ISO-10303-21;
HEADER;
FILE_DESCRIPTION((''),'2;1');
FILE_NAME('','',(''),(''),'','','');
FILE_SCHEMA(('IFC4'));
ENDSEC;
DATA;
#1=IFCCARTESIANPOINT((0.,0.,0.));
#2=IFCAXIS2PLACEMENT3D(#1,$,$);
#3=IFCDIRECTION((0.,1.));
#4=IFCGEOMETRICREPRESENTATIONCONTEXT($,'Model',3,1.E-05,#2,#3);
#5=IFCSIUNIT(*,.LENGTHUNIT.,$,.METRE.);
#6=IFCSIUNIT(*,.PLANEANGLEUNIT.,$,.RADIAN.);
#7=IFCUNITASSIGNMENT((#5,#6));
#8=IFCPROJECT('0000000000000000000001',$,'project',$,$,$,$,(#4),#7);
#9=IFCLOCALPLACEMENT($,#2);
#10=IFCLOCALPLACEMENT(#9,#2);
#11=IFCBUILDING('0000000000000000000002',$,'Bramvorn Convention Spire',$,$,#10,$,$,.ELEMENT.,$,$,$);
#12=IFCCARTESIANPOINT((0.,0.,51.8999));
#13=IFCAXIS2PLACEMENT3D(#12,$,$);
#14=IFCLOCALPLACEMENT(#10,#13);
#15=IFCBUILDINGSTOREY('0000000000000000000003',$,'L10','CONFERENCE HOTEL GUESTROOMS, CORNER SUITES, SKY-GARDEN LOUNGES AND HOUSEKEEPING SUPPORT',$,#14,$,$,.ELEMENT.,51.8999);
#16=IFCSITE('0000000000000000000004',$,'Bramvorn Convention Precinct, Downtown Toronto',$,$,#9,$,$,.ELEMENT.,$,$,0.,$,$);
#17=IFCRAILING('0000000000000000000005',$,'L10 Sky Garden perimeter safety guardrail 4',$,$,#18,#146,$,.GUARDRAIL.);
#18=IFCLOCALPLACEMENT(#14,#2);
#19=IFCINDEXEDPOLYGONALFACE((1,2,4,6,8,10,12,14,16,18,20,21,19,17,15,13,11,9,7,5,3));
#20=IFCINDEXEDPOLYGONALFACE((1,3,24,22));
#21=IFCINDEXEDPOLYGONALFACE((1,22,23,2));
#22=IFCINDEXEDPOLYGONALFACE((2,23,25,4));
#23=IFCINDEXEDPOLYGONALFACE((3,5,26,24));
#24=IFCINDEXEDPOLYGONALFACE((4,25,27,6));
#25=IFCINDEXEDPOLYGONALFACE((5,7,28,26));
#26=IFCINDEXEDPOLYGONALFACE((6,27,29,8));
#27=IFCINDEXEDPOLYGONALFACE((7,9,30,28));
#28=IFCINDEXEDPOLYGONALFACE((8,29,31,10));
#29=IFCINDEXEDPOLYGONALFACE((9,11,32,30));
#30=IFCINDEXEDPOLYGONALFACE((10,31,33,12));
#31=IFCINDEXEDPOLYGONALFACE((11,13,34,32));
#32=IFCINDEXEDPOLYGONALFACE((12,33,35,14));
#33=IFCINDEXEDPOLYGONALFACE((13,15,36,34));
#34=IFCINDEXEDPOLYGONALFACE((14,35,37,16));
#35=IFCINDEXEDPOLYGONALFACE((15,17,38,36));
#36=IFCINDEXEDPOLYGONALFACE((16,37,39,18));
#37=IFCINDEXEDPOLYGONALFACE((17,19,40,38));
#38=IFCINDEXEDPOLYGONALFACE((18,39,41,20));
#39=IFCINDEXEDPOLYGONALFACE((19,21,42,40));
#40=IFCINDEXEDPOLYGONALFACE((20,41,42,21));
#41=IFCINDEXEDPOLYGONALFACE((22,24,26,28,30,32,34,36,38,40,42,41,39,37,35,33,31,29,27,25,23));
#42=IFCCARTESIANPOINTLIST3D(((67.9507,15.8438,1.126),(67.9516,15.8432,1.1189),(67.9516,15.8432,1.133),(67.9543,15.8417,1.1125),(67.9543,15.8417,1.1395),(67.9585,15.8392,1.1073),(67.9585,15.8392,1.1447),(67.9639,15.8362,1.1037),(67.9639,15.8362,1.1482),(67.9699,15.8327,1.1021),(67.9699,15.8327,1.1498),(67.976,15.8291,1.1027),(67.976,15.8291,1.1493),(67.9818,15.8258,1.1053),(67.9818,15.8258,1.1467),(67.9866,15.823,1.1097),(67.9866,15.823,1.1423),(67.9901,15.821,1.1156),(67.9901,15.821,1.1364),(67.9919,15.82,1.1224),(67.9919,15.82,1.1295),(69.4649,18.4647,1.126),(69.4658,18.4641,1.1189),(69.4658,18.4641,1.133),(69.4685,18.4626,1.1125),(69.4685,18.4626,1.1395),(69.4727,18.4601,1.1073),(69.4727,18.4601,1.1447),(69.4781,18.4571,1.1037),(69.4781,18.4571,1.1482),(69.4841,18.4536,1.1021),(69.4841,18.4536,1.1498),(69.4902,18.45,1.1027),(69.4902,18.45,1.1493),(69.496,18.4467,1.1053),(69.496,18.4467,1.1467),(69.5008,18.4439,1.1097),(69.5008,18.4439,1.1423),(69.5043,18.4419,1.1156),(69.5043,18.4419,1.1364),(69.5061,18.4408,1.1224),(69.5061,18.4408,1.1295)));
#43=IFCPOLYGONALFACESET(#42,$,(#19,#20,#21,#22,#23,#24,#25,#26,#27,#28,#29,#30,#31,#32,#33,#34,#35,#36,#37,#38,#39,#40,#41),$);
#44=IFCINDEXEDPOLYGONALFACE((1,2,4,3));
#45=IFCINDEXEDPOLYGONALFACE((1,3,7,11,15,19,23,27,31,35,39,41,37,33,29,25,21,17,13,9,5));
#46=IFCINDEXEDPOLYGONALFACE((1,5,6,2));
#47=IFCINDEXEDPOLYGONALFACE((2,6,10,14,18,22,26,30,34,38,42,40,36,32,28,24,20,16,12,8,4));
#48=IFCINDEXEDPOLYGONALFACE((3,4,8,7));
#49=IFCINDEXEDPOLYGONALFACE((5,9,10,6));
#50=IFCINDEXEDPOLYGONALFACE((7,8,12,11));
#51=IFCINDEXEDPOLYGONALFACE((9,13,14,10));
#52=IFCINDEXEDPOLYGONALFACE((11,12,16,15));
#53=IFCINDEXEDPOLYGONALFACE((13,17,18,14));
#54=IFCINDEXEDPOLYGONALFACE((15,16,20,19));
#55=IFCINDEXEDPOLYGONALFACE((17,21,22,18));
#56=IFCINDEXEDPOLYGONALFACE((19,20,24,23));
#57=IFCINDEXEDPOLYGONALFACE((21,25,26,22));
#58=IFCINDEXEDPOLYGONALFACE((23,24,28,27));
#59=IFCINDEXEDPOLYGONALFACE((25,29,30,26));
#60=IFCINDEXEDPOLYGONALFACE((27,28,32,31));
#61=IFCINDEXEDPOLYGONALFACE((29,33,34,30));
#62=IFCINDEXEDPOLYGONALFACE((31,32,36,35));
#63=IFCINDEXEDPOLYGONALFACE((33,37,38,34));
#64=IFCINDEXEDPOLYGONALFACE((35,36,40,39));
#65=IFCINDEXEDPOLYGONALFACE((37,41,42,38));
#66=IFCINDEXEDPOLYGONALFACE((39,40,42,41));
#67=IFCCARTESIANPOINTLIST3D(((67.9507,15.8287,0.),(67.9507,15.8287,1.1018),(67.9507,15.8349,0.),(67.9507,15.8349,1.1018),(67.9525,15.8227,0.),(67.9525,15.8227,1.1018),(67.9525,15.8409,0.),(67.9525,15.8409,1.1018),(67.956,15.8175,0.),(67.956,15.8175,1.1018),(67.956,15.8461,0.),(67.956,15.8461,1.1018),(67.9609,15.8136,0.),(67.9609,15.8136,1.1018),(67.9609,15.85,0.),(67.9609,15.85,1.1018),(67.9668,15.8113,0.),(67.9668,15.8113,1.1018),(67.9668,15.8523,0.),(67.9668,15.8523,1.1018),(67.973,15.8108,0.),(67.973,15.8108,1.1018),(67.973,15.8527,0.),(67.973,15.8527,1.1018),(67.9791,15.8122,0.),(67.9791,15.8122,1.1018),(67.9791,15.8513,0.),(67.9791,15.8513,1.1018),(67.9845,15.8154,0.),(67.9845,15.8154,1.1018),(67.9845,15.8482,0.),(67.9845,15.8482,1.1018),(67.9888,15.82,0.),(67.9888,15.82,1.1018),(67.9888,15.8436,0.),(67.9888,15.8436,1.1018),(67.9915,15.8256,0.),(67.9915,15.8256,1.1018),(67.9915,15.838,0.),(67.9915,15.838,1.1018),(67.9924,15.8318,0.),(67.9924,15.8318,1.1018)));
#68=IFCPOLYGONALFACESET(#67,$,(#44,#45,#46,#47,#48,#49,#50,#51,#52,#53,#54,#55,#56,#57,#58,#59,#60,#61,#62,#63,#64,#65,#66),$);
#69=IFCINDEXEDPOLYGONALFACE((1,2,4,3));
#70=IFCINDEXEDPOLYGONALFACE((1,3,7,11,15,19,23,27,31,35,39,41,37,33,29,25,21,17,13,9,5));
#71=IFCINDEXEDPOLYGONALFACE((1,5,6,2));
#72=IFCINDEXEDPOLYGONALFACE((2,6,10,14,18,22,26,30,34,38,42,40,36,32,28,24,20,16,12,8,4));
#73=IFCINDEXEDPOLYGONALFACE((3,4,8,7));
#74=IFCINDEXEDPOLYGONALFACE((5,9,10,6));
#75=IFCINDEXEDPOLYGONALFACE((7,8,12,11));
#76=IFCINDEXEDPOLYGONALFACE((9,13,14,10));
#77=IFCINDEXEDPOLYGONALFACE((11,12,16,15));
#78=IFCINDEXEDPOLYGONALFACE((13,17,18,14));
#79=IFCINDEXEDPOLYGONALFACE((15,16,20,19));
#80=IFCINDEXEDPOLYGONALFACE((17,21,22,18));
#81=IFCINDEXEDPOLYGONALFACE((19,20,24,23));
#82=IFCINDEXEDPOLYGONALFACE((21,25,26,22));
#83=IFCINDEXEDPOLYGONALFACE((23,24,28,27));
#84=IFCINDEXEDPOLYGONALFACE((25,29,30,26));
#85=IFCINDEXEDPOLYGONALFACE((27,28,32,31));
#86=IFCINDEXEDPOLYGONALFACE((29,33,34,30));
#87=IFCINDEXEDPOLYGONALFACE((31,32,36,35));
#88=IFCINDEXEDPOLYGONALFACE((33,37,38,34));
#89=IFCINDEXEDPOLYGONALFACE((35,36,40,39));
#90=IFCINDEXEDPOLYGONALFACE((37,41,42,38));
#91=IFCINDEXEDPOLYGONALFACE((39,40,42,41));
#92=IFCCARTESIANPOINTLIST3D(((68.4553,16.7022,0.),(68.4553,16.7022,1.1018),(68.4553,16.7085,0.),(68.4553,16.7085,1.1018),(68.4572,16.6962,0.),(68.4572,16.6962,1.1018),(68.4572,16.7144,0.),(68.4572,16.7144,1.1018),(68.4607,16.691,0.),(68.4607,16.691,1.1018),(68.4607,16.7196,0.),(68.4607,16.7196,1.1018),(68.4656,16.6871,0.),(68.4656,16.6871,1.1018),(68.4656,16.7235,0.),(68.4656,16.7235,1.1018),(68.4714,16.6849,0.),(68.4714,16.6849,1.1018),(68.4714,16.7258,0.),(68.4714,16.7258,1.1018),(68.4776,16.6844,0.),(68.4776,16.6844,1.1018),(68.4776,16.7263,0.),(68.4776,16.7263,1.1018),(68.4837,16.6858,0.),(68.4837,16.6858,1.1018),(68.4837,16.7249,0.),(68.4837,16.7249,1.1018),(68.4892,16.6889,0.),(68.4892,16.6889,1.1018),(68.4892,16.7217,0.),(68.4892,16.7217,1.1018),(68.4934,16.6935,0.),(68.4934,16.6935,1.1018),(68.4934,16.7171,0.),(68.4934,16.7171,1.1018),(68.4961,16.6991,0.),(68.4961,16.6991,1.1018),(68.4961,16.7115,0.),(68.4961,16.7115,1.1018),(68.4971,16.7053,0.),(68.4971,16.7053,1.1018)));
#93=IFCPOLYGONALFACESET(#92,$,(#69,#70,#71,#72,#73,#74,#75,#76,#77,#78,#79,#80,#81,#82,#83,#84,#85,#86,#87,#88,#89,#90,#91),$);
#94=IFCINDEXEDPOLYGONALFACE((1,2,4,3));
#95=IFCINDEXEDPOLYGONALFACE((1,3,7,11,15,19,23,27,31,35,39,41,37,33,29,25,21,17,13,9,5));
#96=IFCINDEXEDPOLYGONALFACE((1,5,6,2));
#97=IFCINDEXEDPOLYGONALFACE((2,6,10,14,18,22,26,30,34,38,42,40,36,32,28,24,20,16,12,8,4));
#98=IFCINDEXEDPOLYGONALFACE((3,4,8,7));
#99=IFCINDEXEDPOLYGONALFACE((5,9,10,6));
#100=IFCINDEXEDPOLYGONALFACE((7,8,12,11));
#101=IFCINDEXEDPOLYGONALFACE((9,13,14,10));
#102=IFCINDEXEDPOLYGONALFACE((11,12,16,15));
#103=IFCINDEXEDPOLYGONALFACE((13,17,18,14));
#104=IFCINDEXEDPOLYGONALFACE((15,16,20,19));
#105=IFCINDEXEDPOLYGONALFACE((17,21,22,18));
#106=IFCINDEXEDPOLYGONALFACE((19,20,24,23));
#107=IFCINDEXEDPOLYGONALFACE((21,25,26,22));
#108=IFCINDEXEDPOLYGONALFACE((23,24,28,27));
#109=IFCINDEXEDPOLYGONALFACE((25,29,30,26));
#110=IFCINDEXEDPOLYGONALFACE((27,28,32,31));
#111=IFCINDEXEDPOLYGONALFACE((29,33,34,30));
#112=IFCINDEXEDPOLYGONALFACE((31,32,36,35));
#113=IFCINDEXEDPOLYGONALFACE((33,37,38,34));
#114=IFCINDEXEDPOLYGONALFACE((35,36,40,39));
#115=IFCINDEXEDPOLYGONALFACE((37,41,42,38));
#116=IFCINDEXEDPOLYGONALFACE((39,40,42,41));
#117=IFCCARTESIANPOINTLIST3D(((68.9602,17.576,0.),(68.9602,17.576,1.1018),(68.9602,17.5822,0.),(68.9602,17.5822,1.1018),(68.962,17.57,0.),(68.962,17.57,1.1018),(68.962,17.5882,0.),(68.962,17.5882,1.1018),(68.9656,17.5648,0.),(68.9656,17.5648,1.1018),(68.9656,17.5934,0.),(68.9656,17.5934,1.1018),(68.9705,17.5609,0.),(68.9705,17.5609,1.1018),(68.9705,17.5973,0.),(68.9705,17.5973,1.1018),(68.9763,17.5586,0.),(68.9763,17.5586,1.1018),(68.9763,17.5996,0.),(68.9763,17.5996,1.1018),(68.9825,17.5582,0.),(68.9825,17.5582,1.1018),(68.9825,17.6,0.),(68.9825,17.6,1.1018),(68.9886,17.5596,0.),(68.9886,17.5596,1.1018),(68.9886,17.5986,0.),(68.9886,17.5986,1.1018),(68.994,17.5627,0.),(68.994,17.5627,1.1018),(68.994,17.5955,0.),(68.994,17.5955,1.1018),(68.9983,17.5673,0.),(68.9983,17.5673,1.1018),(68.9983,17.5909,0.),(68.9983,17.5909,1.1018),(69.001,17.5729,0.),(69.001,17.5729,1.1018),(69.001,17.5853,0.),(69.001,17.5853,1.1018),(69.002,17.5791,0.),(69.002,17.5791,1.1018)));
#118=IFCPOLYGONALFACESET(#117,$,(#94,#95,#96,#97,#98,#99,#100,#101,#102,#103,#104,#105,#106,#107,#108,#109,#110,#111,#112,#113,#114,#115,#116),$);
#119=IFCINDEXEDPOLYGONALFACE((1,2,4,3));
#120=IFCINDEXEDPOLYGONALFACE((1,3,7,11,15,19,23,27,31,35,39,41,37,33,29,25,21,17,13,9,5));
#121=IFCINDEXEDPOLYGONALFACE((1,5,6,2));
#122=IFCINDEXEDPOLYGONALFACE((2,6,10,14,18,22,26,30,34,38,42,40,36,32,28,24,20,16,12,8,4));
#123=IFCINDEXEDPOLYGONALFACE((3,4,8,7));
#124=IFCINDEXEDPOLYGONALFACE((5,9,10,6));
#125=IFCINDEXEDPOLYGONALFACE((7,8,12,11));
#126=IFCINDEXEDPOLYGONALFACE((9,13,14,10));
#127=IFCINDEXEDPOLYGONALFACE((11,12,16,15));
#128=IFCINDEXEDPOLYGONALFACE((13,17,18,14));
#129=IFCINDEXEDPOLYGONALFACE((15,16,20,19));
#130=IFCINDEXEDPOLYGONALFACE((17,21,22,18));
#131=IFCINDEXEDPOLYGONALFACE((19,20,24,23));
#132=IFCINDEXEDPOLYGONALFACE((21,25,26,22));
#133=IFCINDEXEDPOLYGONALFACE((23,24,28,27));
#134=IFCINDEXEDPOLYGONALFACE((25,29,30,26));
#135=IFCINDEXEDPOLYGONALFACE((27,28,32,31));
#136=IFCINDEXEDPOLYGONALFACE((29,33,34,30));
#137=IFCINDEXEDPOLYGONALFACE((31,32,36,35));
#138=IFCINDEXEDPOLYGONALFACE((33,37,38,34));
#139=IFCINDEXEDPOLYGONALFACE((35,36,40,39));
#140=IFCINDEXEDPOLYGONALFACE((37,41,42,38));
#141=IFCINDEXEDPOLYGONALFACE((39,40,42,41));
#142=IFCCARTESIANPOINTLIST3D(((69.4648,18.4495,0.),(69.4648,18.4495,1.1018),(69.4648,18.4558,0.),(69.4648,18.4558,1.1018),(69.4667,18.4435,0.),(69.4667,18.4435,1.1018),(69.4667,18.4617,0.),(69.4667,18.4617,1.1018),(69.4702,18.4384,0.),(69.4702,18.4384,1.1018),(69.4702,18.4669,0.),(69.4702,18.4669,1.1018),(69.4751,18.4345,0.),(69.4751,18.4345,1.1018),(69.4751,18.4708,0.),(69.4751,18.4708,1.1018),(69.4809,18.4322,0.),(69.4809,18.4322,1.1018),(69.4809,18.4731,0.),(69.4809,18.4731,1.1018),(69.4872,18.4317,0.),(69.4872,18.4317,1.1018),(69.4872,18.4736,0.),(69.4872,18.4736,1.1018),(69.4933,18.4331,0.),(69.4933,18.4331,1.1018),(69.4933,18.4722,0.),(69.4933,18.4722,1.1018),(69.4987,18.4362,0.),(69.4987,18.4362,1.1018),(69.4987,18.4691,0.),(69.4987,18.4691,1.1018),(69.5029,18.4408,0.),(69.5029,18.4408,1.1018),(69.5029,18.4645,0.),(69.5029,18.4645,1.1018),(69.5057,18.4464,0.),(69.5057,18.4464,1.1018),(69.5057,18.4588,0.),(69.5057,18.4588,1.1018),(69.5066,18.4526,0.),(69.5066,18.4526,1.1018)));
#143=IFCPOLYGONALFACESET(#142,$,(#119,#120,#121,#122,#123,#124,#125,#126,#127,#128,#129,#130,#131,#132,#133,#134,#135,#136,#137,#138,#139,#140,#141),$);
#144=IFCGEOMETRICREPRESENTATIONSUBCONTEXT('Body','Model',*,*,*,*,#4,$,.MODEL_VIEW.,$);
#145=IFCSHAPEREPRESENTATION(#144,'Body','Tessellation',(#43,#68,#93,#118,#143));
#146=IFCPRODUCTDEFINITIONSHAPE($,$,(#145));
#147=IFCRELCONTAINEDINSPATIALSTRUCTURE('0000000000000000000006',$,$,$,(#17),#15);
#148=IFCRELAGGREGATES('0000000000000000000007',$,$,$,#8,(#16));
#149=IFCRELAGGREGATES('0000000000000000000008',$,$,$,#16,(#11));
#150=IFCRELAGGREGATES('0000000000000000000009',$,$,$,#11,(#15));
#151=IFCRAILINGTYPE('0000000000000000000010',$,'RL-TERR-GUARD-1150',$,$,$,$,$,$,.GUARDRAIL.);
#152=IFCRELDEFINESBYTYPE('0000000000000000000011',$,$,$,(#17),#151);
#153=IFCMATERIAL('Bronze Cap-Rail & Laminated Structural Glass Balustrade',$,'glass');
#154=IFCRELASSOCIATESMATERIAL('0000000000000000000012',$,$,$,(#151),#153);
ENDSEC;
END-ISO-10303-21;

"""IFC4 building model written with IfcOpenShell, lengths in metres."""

from ifc_helpers import new_model, si_unit, direction, frame, origin, origin_2d, place, context, subcontext, project, spatial, circle, extrude, material, type_object, element, save


model = new_model("IFC4")

# Units and contexts
model_context = context("Model", 3, precision=1e-05, world=origin(), true_north=direction((0.0, 1.0)))
body_context = subcontext(model_context, "Body", "Model", "MODEL_VIEW")
ifc_project = project(units=[si_unit("LENGTHUNIT", "METRE"), si_unit("PLANEANGLEUNIT", "RADIAN")], contexts=[model_context])

# Site, building, storey
site_placement = place(None, origin())
site = spatial("IfcSite", under=ifc_project, at=site_placement, Name="Bramvorn Convention Precinct, Downtown Toronto", CompositionType="ELEMENT", RefElevation=0.0)
building_placement = place(site_placement, origin())
building = spatial("IfcBuilding", under=site, at=building_placement, Name="Bramvorn Convention Spire", CompositionType="ELEMENT")
storey_placement = place(building_placement, frame((0.0, 0.0, 51.8999)))
storey = spatial("IfcBuildingStorey", under=building, at=storey_placement, Name="L10", Description="CONFERENCE HOTEL GUESTROOMS, CORNER SUITES, SKY-GARDEN LOUNGES AND HOUSEKEEPING SUPPORT", CompositionType="ELEMENT", Elevation=51.8999)

# Railing
ifc_material_1 = material(Name="Bronze Cap-Rail & Laminated Structural Glass Balustrade", Category="glass")
railing_type = type_object("IfcRailingType", Name="RL-TERR-GUARD-1150", PredefinedType="GUARDRAIL", material=ifc_material_1)
railing_1_placement = place(storey_placement, frame((67.9714, 15.8318, 0.0)))
element("IfcRailing", 1, at=railing_1_placement, inside=storey, type_object=railing_type, Name="L10 Sky Garden perimeter safety guardrail 4", PredefinedType="GUARDRAIL", context=body_context, shape_type="SweptSolid", body=[
    extrude(circle(Radius=0.0239, at=origin_2d()), frame((0.0, 0.0, 1.126), z_axis=(0.500251, 0.865881, 0.0), x_axis=(-0.865881, 0.500251, 0.0)), (0.0, 0.0, 1.0), 3.0269),
    extrude(circle(Radius=0.021, at=origin_2d()), origin(), (0.0, 0.0, 1.0), 1.1018),
    extrude(circle(Radius=0.021, at=origin_2d()), frame((0.5046, 0.8735, 0.0)), (0.0, 0.0, 1.0), 1.1018),
    extrude(circle(Radius=0.021, at=origin_2d()), frame((1.0095, 1.7473, 0.0)), (0.0, 0.0, 1.0), 1.1018),
    extrude(circle(Radius=0.021, at=origin_2d()), frame((1.5142, 2.6208, 0.0)), (0.0, 0.0, 1.0), 1.1018),
])

save(model, "model.ifc")
